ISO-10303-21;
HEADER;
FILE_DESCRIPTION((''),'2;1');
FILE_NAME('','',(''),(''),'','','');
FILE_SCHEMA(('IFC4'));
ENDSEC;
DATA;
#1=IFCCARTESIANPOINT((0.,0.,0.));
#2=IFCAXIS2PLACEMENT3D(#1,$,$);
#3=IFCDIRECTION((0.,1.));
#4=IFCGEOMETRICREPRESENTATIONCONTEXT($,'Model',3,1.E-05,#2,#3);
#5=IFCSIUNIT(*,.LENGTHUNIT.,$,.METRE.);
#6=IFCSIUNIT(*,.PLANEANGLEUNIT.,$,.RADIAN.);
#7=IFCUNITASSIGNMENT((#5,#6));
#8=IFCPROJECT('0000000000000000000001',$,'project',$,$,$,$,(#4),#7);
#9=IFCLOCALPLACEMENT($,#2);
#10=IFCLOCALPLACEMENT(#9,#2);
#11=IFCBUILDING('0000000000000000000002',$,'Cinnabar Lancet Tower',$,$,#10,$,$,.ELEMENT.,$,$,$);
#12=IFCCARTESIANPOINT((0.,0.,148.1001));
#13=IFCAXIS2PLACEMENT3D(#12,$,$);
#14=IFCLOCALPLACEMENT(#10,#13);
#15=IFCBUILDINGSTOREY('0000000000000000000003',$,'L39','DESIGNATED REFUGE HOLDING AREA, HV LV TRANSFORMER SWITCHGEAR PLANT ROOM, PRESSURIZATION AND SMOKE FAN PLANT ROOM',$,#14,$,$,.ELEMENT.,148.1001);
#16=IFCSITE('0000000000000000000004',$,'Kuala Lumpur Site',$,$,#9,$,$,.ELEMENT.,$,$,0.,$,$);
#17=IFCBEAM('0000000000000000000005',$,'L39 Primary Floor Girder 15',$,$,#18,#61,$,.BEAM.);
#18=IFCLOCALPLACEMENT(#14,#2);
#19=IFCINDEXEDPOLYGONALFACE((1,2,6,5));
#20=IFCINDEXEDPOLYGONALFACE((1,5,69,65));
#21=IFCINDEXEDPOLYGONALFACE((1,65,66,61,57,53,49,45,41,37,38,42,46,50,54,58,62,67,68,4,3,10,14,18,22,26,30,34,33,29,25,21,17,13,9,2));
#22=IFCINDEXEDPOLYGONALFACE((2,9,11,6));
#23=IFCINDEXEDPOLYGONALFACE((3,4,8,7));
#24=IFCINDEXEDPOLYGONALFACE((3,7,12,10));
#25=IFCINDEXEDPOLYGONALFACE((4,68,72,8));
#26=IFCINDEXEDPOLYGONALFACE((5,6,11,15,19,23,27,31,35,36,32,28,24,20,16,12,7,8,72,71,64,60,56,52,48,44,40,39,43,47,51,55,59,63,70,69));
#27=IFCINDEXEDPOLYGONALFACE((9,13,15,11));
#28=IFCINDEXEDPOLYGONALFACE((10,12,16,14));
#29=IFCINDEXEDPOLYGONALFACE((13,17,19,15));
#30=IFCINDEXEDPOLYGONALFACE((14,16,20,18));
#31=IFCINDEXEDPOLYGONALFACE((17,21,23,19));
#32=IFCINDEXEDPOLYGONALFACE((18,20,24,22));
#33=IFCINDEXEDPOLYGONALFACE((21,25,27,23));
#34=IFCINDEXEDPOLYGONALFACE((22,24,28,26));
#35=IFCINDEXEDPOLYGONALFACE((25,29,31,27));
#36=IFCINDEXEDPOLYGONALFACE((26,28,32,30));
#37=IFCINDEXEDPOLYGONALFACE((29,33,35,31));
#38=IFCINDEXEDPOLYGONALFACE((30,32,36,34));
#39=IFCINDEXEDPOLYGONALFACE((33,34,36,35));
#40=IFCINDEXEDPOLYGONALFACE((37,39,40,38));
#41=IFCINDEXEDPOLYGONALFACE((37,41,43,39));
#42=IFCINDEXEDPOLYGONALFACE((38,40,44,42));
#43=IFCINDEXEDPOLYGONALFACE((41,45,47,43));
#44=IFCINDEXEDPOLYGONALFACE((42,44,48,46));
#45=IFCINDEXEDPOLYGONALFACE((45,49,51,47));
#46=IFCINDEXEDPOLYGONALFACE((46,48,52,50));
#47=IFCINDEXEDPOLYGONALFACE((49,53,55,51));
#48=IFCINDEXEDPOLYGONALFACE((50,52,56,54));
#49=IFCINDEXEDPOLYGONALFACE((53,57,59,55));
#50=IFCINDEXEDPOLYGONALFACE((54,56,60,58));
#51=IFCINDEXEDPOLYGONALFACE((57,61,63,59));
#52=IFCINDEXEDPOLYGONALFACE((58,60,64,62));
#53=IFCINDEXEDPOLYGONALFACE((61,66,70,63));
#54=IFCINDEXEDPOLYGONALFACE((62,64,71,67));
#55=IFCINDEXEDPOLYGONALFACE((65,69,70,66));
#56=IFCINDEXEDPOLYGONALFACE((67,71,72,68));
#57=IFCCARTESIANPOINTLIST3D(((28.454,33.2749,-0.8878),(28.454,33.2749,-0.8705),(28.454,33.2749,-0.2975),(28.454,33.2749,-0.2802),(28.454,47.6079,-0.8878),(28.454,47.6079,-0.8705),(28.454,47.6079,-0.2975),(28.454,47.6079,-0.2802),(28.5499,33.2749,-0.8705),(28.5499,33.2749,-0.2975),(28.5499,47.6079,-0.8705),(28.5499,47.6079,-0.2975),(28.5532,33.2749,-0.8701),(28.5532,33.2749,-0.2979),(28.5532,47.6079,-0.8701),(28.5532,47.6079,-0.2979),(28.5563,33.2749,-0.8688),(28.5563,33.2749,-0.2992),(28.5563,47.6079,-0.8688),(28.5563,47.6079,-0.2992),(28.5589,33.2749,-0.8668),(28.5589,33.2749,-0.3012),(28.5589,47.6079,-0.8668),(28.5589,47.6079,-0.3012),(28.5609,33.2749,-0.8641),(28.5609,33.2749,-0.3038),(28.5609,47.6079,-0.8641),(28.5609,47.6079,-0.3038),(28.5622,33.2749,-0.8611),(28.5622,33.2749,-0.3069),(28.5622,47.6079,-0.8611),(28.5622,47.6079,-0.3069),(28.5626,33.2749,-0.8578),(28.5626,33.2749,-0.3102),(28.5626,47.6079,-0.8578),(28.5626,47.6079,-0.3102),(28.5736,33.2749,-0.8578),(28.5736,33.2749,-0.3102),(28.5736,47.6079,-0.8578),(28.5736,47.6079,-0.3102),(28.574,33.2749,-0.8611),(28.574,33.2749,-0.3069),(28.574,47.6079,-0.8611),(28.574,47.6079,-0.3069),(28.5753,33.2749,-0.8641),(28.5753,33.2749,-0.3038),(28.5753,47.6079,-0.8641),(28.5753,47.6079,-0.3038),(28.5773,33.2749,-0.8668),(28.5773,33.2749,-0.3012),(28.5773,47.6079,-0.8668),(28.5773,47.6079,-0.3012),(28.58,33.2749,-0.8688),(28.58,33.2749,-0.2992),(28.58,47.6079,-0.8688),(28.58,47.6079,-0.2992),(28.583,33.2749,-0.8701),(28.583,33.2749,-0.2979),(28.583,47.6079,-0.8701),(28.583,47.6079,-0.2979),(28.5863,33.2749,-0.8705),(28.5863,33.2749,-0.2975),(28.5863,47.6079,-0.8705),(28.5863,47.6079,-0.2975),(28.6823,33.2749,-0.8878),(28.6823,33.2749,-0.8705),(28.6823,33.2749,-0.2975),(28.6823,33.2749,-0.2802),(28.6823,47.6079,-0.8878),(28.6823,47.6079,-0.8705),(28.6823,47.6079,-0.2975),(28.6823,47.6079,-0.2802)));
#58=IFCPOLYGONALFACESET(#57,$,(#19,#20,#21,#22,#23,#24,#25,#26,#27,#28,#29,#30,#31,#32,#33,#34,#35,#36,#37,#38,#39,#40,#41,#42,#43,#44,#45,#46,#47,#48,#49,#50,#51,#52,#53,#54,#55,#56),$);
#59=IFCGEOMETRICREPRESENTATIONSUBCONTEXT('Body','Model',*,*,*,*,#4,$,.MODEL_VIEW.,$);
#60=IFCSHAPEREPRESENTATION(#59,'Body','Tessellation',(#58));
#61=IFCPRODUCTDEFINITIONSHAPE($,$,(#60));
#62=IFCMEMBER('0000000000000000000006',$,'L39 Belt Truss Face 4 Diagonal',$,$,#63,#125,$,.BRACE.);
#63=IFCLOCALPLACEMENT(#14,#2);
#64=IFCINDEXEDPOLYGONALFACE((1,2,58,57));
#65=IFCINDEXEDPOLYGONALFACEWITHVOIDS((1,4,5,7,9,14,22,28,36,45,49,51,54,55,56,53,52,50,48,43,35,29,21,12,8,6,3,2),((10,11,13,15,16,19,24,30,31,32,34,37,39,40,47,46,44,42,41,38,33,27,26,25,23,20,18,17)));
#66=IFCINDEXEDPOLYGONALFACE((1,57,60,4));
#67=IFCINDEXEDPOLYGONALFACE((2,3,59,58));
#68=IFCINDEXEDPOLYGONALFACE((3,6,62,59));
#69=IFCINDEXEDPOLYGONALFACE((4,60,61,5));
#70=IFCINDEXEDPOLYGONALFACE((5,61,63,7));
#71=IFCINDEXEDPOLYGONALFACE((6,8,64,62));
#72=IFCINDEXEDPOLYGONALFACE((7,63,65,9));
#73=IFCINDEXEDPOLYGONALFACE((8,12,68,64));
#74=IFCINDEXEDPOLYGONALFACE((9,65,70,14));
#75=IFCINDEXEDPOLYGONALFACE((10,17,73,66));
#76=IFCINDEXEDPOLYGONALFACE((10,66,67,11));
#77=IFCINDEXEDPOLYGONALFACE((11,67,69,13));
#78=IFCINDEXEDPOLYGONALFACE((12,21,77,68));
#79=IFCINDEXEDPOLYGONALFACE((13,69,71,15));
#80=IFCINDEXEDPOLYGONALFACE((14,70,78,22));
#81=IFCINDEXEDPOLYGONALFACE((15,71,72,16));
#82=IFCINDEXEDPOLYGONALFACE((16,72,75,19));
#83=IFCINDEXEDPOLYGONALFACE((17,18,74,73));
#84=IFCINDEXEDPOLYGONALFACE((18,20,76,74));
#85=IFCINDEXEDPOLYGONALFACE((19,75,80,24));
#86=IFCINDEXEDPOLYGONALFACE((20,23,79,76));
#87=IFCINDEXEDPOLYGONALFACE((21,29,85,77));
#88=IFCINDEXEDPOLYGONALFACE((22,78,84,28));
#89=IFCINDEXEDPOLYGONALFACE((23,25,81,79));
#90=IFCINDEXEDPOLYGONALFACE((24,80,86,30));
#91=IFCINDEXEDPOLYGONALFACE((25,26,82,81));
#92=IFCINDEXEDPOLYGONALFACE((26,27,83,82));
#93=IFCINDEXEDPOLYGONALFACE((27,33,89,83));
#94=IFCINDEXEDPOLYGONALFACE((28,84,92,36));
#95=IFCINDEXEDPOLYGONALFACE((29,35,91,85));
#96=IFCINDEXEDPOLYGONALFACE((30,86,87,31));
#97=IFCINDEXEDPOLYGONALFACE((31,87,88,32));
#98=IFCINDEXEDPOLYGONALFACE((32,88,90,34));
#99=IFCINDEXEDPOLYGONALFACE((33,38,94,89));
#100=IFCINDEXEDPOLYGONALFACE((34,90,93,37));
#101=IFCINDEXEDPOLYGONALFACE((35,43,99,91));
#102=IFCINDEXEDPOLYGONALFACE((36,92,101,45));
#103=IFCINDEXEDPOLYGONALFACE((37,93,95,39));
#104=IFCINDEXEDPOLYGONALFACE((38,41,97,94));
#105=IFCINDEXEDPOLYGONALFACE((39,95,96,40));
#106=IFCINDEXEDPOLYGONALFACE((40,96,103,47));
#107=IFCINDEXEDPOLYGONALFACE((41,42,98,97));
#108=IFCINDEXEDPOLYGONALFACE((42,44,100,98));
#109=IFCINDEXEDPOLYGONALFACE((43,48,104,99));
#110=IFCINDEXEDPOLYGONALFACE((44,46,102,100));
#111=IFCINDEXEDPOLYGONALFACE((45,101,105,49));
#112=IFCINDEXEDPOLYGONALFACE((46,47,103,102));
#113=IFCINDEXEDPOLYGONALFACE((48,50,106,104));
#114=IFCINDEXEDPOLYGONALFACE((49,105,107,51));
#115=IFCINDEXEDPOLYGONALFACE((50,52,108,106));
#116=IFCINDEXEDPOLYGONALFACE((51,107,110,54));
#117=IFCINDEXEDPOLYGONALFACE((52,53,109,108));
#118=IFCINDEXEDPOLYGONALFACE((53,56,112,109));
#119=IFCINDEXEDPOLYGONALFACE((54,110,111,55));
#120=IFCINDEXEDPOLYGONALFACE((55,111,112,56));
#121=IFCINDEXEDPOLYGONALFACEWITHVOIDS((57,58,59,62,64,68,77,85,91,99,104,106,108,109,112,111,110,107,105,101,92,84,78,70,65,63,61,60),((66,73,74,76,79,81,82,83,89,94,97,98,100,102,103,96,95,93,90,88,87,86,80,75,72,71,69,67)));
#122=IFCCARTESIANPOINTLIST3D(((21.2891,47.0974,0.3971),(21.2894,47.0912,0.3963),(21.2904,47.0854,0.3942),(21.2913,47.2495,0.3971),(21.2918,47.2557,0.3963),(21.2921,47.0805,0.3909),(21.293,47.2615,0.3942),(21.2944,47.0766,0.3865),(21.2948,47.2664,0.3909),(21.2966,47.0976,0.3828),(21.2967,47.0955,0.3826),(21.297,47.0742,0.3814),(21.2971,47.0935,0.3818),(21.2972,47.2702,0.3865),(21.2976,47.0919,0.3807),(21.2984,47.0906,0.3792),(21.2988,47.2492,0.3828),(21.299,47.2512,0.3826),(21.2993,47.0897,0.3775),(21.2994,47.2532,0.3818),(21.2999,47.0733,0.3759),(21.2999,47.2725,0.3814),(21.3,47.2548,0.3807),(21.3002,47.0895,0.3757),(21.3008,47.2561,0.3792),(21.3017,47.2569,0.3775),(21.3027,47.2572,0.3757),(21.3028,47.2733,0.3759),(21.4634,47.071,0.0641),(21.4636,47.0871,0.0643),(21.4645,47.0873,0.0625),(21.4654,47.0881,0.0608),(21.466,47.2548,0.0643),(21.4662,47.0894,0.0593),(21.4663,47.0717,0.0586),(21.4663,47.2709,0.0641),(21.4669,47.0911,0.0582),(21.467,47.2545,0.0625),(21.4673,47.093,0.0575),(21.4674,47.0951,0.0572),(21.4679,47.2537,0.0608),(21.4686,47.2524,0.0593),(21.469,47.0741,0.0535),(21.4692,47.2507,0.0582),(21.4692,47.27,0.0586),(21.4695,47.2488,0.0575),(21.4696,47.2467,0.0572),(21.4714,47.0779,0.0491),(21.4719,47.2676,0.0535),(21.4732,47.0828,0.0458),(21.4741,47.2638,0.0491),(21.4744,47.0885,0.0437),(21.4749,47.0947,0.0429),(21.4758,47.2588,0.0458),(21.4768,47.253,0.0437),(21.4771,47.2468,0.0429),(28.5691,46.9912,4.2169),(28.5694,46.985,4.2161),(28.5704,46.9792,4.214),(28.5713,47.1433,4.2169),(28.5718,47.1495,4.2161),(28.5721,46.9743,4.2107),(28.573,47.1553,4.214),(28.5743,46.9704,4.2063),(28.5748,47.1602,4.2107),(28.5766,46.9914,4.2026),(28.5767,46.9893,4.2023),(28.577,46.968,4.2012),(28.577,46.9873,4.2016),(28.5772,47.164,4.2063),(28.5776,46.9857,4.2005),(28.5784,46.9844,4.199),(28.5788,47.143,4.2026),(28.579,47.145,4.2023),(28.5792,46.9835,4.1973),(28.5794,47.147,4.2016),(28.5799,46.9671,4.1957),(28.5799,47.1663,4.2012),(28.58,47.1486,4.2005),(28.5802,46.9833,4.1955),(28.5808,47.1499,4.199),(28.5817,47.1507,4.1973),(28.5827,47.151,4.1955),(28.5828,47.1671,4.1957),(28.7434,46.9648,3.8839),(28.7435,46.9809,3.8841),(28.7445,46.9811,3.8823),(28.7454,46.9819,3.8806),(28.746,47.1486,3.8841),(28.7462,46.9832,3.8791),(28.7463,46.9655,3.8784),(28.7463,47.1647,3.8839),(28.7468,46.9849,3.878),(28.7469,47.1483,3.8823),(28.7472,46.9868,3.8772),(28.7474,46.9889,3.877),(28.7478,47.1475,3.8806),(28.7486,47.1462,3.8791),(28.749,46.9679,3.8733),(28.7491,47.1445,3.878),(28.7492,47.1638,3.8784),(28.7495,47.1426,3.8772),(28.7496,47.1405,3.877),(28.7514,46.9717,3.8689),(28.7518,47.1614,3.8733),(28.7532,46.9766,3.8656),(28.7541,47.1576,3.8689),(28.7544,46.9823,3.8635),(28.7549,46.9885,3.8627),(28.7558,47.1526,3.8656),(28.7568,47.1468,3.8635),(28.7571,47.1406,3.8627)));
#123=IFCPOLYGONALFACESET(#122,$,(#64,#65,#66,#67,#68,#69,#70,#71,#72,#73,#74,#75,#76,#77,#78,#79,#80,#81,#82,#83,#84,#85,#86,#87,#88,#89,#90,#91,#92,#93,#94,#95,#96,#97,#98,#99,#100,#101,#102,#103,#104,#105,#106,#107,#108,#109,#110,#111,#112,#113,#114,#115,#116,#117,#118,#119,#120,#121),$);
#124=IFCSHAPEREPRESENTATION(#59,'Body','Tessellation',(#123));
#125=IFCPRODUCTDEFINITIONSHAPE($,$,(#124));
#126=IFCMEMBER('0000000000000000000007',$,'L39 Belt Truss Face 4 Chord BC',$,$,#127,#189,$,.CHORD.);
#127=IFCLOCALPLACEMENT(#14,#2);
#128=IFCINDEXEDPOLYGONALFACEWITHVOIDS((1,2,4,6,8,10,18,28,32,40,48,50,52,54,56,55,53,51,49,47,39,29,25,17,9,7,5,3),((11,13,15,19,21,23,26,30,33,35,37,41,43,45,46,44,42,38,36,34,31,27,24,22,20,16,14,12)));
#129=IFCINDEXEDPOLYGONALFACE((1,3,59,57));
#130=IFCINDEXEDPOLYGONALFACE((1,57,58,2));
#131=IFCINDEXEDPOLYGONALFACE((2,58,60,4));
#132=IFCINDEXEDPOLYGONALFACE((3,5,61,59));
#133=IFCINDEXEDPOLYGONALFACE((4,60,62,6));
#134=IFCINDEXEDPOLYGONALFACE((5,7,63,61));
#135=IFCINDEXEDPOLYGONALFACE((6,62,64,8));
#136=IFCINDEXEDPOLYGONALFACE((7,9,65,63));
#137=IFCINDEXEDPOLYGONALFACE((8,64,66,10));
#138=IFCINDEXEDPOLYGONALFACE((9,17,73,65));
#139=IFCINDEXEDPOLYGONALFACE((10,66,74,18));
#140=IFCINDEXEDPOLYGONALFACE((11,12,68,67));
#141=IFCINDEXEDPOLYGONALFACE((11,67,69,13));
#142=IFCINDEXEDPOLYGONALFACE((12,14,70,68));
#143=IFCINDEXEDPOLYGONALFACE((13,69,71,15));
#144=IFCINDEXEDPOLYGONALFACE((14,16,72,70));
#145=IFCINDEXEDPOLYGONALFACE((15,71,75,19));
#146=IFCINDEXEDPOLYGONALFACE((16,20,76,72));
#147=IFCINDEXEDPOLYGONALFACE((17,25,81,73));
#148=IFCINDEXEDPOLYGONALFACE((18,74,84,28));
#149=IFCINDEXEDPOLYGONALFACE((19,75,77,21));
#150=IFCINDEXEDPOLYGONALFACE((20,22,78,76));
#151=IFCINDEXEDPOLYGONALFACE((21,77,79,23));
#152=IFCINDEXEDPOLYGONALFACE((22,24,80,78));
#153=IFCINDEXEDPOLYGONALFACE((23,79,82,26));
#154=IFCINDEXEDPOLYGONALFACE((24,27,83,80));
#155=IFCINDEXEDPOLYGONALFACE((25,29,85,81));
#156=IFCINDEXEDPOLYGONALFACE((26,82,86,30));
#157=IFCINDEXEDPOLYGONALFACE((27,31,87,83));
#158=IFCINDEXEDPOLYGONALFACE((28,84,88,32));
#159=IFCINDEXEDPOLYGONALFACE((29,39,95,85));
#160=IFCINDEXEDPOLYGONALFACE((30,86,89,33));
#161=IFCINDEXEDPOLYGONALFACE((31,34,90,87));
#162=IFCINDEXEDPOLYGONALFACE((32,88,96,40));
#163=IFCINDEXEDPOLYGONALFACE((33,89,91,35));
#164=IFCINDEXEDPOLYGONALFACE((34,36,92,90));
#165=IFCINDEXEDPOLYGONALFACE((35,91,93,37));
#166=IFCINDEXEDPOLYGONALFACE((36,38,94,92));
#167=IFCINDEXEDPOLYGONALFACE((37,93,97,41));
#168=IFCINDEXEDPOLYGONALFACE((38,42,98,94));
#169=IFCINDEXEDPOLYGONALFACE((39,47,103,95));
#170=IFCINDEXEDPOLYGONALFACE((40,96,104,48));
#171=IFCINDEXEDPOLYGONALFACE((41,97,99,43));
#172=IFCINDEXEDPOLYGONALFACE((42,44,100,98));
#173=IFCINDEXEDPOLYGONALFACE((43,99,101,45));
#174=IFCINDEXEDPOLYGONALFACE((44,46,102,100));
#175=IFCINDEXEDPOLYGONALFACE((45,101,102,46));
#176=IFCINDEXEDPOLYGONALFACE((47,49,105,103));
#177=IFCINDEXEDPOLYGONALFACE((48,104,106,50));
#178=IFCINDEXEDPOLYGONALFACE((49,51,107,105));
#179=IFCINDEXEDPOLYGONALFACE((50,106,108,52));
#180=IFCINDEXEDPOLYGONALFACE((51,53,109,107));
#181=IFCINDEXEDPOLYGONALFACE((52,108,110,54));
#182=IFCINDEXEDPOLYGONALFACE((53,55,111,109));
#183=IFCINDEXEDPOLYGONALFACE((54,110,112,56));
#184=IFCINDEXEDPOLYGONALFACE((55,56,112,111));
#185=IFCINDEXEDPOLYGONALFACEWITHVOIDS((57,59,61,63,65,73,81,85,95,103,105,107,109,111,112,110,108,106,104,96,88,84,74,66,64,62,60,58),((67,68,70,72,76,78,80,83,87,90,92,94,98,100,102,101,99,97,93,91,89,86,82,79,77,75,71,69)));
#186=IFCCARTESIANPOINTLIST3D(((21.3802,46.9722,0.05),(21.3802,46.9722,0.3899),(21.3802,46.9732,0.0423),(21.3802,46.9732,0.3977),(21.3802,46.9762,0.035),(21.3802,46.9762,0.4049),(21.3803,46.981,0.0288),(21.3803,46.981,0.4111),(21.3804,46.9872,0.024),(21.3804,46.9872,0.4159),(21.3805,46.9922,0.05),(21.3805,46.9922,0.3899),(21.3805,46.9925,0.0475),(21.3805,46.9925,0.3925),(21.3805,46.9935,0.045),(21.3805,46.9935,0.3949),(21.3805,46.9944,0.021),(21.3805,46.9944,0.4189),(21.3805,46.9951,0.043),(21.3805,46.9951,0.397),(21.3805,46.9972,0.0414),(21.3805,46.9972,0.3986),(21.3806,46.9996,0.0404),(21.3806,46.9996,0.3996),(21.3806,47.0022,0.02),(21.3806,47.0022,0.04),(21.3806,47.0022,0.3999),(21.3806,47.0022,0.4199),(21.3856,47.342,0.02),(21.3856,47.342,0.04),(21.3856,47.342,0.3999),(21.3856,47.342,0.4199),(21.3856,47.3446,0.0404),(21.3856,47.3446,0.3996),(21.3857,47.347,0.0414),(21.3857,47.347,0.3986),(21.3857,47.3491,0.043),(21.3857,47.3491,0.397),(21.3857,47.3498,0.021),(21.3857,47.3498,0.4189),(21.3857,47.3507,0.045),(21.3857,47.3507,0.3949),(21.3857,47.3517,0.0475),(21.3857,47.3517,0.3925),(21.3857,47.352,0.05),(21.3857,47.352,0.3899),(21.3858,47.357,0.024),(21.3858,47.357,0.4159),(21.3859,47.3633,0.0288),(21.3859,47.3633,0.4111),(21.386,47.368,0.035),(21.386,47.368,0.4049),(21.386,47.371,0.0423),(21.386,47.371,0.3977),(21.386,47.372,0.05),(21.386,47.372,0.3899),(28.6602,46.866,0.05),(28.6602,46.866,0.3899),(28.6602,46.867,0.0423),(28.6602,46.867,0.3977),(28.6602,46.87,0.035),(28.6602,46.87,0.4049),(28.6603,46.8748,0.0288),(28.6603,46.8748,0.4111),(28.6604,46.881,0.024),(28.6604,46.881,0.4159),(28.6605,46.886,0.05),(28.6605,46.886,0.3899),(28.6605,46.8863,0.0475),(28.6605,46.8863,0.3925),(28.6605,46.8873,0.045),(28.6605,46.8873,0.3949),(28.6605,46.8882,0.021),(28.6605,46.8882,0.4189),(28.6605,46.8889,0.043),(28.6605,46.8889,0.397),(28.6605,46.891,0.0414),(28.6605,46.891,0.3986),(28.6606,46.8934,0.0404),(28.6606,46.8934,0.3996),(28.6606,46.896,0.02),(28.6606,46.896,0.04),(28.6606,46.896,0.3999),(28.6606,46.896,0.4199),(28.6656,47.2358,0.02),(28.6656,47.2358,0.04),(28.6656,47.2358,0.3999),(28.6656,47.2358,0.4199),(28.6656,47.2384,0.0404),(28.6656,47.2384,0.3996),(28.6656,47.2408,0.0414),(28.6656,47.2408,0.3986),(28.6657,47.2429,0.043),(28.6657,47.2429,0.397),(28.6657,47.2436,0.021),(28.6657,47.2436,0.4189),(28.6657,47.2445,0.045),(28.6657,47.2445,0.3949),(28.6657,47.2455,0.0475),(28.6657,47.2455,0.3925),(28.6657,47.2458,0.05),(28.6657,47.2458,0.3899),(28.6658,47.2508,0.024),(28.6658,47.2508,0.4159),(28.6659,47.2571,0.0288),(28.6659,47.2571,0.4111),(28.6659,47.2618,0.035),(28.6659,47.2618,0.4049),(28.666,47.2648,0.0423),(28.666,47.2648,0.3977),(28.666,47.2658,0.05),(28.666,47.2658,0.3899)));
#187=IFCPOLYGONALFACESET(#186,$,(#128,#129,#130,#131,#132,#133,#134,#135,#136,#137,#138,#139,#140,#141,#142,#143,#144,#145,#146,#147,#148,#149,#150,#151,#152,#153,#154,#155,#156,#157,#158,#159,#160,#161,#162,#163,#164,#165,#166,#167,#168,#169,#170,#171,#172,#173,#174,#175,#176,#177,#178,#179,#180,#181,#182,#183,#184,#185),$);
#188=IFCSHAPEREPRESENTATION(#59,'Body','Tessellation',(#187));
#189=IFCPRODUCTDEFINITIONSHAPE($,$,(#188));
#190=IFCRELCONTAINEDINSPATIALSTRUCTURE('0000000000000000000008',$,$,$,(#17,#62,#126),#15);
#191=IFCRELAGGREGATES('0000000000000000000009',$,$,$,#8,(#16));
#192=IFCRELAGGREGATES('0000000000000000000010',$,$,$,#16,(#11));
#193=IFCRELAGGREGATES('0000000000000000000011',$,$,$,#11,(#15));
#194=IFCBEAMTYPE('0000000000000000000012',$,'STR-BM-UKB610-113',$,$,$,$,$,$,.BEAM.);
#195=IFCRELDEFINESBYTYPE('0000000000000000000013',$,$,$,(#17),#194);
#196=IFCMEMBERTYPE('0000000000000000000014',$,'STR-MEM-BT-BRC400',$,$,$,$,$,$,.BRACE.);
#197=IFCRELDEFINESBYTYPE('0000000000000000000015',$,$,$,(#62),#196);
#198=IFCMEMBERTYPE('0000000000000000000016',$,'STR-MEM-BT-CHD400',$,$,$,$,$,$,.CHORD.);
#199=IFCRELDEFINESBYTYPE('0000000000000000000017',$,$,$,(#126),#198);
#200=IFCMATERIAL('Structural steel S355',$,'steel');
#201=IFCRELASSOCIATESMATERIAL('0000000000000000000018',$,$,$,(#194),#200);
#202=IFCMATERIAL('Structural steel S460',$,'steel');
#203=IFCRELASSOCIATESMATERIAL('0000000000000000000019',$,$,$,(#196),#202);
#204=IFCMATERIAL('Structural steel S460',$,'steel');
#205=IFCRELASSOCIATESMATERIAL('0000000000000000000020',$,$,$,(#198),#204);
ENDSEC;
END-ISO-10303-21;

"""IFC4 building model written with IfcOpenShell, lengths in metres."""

from ifc_helpers import new_model, si_unit, direction, frame, origin, origin_2d, place, context, subcontext, project, spatial, hollow_rectangle, i_section, extrude, material, material_profile, profile_set, type_object, element, save


model = new_model("IFC4")

# Units and contexts
model_context = context("Model", 3, precision=1e-05, world=origin(), true_north=direction((0.0, 1.0)))
body_context = subcontext(model_context, "Body", "Model", "MODEL_VIEW")
ifc_project = project(units=[si_unit("LENGTHUNIT", "METRE"), si_unit("PLANEANGLEUNIT", "RADIAN")], contexts=[model_context])

# Site, building, storey
site_placement = place(None, origin())
site = spatial("IfcSite", under=ifc_project, at=site_placement, Name="Kuala Lumpur Site", CompositionType="ELEMENT", RefElevation=0.0)
building_placement = place(site_placement, origin())
building = spatial("IfcBuilding", under=site, at=building_placement, Name="Cinnabar Lancet Tower", CompositionType="ELEMENT")
storey_placement = place(building_placement, frame((0.0, 0.0, 148.1001)))
storey = spatial("IfcBuildingStorey", under=building, at=storey_placement, Name="L39", Description="DESIGNATED REFUGE HOLDING AREA, HV LV TRANSFORMER SWITCHGEAR PLANT ROOM, PRESSURIZATION AND SMOKE FAN PLANT ROOM", CompositionType="ELEMENT", Elevation=148.1001)

# Beam
ifc_material_1 = material(Name="Structural steel S355", Category="steel")
ifc_material_profile_1 = material_profile(ifc_material_1, i_section(OverallWidth=0.2283, OverallDepth=0.6077, WebThickness=0.011, FlangeThickness=0.0173, FilletRadius=0.0127, at=origin_2d()), Name="UKB 610x229x113")
ifc_profile_set_1 = profile_set([ifc_material_profile_1], Name="Structural steel S355")
beam_type_1 = type_object("IfcBeamType", Name="STR-BM-UKB610-113", PredefinedType="BEAM", material=ifc_profile_set_1)
beam_1_placement = place(storey_placement, frame((28.5681, 47.6079, -0.584), z_axis=(0.0, -1.0, 0.0), x_axis=(1.0, 0.0, 0.0)))
element("IfcBeam", 1, at=beam_1_placement, inside=storey, type_object=beam_type_1, Name="L39 Primary Floor Girder 15", PredefinedType="BEAM", context=body_context, shape_type="SweptSolid", body=[
    extrude(i_section(OverallWidth=0.2283, OverallDepth=0.6077, WebThickness=0.011, FlangeThickness=0.0173, FilletRadius=0.0127, at=origin_2d()), origin(), (0.0, 0.0, 1.0), 14.333),
])

# Members
ifc_material_2 = material(Name="Structural steel S460", Category="steel")
ifc_material_profile_2 = material_profile(ifc_material_2, hollow_rectangle(XDim=0.2, YDim=0.3999, WallThickness=0.0161, InnerFilletRadius=0.0081, OuterFilletRadius=0.0239, at=origin_2d()), Name="RHS 400x200x16")
ifc_profile_set_2 = profile_set([ifc_material_profile_2], Name="Structural steel S460")
member_type_1 = type_object("IfcMemberType", Name="STR-MEM-BT-BRC400", PredefinedType="BRACE", material=ifc_profile_set_2)
member_1_placement = place(storey_placement, frame((28.6631, 47.0659, 4.0398), z_axis=(-0.885434, 0.012917, -0.464586), x_axis=(-0.014586, -0.999894, 0.0)))
element("IfcMember", 2, at=member_1_placement, inside=storey, type_object=member_type_1, Name="L39 Belt Truss Face 4 Diagonal", PredefinedType="BRACE", context=body_context, shape_type="SweptSolid", body=[
    extrude(hollow_rectangle(XDim=0.2, YDim=0.3999, WallThickness=0.0161, InnerFilletRadius=0.0081, OuterFilletRadius=0.0239, at=origin_2d()), origin(), (0.0, 0.0, 1.0), 8.2219),
])
ifc_material_3 = material(Name="Structural steel S460", Category="steel")
ifc_material_profile_3 = material_profile(ifc_material_3, hollow_rectangle(XDim=0.3999, YDim=0.3999, WallThickness=0.02, InnerFilletRadius=0.01, OuterFilletRadius=0.03, at=origin_2d()), Name="SHS 400x400x20")
ifc_profile_set_3 = profile_set([ifc_material_profile_3], Name="Structural steel S460")
member_type_2 = type_object("IfcMemberType", Name="STR-MEM-BT-CHD400", PredefinedType="CHORD", material=ifc_profile_set_3)
for number, where, z_axis, x_axis, name in (
    (3, (28.6631, 47.0659, 0.22), (-0.999894, 0.014586, 0.0), (-0.014586, -0.999894, 0.0), "L39 Belt Truss Face 4 Chord BC"),
):
    element("IfcMember", number, at=place(storey_placement, frame(where, z_axis=z_axis, x_axis=x_axis)), inside=storey, type_object=member_type_2, Name=name, PredefinedType="CHORD", context=body_context, shape_type="SweptSolid", body=[
        extrude(hollow_rectangle(XDim=0.3999, YDim=0.3999, WallThickness=0.02, InnerFilletRadius=0.01, OuterFilletRadius=0.03, at=origin_2d()), origin(), (0.0, 0.0, 1.0), 7.2808),
    ])

save(model, "model.ifc")
